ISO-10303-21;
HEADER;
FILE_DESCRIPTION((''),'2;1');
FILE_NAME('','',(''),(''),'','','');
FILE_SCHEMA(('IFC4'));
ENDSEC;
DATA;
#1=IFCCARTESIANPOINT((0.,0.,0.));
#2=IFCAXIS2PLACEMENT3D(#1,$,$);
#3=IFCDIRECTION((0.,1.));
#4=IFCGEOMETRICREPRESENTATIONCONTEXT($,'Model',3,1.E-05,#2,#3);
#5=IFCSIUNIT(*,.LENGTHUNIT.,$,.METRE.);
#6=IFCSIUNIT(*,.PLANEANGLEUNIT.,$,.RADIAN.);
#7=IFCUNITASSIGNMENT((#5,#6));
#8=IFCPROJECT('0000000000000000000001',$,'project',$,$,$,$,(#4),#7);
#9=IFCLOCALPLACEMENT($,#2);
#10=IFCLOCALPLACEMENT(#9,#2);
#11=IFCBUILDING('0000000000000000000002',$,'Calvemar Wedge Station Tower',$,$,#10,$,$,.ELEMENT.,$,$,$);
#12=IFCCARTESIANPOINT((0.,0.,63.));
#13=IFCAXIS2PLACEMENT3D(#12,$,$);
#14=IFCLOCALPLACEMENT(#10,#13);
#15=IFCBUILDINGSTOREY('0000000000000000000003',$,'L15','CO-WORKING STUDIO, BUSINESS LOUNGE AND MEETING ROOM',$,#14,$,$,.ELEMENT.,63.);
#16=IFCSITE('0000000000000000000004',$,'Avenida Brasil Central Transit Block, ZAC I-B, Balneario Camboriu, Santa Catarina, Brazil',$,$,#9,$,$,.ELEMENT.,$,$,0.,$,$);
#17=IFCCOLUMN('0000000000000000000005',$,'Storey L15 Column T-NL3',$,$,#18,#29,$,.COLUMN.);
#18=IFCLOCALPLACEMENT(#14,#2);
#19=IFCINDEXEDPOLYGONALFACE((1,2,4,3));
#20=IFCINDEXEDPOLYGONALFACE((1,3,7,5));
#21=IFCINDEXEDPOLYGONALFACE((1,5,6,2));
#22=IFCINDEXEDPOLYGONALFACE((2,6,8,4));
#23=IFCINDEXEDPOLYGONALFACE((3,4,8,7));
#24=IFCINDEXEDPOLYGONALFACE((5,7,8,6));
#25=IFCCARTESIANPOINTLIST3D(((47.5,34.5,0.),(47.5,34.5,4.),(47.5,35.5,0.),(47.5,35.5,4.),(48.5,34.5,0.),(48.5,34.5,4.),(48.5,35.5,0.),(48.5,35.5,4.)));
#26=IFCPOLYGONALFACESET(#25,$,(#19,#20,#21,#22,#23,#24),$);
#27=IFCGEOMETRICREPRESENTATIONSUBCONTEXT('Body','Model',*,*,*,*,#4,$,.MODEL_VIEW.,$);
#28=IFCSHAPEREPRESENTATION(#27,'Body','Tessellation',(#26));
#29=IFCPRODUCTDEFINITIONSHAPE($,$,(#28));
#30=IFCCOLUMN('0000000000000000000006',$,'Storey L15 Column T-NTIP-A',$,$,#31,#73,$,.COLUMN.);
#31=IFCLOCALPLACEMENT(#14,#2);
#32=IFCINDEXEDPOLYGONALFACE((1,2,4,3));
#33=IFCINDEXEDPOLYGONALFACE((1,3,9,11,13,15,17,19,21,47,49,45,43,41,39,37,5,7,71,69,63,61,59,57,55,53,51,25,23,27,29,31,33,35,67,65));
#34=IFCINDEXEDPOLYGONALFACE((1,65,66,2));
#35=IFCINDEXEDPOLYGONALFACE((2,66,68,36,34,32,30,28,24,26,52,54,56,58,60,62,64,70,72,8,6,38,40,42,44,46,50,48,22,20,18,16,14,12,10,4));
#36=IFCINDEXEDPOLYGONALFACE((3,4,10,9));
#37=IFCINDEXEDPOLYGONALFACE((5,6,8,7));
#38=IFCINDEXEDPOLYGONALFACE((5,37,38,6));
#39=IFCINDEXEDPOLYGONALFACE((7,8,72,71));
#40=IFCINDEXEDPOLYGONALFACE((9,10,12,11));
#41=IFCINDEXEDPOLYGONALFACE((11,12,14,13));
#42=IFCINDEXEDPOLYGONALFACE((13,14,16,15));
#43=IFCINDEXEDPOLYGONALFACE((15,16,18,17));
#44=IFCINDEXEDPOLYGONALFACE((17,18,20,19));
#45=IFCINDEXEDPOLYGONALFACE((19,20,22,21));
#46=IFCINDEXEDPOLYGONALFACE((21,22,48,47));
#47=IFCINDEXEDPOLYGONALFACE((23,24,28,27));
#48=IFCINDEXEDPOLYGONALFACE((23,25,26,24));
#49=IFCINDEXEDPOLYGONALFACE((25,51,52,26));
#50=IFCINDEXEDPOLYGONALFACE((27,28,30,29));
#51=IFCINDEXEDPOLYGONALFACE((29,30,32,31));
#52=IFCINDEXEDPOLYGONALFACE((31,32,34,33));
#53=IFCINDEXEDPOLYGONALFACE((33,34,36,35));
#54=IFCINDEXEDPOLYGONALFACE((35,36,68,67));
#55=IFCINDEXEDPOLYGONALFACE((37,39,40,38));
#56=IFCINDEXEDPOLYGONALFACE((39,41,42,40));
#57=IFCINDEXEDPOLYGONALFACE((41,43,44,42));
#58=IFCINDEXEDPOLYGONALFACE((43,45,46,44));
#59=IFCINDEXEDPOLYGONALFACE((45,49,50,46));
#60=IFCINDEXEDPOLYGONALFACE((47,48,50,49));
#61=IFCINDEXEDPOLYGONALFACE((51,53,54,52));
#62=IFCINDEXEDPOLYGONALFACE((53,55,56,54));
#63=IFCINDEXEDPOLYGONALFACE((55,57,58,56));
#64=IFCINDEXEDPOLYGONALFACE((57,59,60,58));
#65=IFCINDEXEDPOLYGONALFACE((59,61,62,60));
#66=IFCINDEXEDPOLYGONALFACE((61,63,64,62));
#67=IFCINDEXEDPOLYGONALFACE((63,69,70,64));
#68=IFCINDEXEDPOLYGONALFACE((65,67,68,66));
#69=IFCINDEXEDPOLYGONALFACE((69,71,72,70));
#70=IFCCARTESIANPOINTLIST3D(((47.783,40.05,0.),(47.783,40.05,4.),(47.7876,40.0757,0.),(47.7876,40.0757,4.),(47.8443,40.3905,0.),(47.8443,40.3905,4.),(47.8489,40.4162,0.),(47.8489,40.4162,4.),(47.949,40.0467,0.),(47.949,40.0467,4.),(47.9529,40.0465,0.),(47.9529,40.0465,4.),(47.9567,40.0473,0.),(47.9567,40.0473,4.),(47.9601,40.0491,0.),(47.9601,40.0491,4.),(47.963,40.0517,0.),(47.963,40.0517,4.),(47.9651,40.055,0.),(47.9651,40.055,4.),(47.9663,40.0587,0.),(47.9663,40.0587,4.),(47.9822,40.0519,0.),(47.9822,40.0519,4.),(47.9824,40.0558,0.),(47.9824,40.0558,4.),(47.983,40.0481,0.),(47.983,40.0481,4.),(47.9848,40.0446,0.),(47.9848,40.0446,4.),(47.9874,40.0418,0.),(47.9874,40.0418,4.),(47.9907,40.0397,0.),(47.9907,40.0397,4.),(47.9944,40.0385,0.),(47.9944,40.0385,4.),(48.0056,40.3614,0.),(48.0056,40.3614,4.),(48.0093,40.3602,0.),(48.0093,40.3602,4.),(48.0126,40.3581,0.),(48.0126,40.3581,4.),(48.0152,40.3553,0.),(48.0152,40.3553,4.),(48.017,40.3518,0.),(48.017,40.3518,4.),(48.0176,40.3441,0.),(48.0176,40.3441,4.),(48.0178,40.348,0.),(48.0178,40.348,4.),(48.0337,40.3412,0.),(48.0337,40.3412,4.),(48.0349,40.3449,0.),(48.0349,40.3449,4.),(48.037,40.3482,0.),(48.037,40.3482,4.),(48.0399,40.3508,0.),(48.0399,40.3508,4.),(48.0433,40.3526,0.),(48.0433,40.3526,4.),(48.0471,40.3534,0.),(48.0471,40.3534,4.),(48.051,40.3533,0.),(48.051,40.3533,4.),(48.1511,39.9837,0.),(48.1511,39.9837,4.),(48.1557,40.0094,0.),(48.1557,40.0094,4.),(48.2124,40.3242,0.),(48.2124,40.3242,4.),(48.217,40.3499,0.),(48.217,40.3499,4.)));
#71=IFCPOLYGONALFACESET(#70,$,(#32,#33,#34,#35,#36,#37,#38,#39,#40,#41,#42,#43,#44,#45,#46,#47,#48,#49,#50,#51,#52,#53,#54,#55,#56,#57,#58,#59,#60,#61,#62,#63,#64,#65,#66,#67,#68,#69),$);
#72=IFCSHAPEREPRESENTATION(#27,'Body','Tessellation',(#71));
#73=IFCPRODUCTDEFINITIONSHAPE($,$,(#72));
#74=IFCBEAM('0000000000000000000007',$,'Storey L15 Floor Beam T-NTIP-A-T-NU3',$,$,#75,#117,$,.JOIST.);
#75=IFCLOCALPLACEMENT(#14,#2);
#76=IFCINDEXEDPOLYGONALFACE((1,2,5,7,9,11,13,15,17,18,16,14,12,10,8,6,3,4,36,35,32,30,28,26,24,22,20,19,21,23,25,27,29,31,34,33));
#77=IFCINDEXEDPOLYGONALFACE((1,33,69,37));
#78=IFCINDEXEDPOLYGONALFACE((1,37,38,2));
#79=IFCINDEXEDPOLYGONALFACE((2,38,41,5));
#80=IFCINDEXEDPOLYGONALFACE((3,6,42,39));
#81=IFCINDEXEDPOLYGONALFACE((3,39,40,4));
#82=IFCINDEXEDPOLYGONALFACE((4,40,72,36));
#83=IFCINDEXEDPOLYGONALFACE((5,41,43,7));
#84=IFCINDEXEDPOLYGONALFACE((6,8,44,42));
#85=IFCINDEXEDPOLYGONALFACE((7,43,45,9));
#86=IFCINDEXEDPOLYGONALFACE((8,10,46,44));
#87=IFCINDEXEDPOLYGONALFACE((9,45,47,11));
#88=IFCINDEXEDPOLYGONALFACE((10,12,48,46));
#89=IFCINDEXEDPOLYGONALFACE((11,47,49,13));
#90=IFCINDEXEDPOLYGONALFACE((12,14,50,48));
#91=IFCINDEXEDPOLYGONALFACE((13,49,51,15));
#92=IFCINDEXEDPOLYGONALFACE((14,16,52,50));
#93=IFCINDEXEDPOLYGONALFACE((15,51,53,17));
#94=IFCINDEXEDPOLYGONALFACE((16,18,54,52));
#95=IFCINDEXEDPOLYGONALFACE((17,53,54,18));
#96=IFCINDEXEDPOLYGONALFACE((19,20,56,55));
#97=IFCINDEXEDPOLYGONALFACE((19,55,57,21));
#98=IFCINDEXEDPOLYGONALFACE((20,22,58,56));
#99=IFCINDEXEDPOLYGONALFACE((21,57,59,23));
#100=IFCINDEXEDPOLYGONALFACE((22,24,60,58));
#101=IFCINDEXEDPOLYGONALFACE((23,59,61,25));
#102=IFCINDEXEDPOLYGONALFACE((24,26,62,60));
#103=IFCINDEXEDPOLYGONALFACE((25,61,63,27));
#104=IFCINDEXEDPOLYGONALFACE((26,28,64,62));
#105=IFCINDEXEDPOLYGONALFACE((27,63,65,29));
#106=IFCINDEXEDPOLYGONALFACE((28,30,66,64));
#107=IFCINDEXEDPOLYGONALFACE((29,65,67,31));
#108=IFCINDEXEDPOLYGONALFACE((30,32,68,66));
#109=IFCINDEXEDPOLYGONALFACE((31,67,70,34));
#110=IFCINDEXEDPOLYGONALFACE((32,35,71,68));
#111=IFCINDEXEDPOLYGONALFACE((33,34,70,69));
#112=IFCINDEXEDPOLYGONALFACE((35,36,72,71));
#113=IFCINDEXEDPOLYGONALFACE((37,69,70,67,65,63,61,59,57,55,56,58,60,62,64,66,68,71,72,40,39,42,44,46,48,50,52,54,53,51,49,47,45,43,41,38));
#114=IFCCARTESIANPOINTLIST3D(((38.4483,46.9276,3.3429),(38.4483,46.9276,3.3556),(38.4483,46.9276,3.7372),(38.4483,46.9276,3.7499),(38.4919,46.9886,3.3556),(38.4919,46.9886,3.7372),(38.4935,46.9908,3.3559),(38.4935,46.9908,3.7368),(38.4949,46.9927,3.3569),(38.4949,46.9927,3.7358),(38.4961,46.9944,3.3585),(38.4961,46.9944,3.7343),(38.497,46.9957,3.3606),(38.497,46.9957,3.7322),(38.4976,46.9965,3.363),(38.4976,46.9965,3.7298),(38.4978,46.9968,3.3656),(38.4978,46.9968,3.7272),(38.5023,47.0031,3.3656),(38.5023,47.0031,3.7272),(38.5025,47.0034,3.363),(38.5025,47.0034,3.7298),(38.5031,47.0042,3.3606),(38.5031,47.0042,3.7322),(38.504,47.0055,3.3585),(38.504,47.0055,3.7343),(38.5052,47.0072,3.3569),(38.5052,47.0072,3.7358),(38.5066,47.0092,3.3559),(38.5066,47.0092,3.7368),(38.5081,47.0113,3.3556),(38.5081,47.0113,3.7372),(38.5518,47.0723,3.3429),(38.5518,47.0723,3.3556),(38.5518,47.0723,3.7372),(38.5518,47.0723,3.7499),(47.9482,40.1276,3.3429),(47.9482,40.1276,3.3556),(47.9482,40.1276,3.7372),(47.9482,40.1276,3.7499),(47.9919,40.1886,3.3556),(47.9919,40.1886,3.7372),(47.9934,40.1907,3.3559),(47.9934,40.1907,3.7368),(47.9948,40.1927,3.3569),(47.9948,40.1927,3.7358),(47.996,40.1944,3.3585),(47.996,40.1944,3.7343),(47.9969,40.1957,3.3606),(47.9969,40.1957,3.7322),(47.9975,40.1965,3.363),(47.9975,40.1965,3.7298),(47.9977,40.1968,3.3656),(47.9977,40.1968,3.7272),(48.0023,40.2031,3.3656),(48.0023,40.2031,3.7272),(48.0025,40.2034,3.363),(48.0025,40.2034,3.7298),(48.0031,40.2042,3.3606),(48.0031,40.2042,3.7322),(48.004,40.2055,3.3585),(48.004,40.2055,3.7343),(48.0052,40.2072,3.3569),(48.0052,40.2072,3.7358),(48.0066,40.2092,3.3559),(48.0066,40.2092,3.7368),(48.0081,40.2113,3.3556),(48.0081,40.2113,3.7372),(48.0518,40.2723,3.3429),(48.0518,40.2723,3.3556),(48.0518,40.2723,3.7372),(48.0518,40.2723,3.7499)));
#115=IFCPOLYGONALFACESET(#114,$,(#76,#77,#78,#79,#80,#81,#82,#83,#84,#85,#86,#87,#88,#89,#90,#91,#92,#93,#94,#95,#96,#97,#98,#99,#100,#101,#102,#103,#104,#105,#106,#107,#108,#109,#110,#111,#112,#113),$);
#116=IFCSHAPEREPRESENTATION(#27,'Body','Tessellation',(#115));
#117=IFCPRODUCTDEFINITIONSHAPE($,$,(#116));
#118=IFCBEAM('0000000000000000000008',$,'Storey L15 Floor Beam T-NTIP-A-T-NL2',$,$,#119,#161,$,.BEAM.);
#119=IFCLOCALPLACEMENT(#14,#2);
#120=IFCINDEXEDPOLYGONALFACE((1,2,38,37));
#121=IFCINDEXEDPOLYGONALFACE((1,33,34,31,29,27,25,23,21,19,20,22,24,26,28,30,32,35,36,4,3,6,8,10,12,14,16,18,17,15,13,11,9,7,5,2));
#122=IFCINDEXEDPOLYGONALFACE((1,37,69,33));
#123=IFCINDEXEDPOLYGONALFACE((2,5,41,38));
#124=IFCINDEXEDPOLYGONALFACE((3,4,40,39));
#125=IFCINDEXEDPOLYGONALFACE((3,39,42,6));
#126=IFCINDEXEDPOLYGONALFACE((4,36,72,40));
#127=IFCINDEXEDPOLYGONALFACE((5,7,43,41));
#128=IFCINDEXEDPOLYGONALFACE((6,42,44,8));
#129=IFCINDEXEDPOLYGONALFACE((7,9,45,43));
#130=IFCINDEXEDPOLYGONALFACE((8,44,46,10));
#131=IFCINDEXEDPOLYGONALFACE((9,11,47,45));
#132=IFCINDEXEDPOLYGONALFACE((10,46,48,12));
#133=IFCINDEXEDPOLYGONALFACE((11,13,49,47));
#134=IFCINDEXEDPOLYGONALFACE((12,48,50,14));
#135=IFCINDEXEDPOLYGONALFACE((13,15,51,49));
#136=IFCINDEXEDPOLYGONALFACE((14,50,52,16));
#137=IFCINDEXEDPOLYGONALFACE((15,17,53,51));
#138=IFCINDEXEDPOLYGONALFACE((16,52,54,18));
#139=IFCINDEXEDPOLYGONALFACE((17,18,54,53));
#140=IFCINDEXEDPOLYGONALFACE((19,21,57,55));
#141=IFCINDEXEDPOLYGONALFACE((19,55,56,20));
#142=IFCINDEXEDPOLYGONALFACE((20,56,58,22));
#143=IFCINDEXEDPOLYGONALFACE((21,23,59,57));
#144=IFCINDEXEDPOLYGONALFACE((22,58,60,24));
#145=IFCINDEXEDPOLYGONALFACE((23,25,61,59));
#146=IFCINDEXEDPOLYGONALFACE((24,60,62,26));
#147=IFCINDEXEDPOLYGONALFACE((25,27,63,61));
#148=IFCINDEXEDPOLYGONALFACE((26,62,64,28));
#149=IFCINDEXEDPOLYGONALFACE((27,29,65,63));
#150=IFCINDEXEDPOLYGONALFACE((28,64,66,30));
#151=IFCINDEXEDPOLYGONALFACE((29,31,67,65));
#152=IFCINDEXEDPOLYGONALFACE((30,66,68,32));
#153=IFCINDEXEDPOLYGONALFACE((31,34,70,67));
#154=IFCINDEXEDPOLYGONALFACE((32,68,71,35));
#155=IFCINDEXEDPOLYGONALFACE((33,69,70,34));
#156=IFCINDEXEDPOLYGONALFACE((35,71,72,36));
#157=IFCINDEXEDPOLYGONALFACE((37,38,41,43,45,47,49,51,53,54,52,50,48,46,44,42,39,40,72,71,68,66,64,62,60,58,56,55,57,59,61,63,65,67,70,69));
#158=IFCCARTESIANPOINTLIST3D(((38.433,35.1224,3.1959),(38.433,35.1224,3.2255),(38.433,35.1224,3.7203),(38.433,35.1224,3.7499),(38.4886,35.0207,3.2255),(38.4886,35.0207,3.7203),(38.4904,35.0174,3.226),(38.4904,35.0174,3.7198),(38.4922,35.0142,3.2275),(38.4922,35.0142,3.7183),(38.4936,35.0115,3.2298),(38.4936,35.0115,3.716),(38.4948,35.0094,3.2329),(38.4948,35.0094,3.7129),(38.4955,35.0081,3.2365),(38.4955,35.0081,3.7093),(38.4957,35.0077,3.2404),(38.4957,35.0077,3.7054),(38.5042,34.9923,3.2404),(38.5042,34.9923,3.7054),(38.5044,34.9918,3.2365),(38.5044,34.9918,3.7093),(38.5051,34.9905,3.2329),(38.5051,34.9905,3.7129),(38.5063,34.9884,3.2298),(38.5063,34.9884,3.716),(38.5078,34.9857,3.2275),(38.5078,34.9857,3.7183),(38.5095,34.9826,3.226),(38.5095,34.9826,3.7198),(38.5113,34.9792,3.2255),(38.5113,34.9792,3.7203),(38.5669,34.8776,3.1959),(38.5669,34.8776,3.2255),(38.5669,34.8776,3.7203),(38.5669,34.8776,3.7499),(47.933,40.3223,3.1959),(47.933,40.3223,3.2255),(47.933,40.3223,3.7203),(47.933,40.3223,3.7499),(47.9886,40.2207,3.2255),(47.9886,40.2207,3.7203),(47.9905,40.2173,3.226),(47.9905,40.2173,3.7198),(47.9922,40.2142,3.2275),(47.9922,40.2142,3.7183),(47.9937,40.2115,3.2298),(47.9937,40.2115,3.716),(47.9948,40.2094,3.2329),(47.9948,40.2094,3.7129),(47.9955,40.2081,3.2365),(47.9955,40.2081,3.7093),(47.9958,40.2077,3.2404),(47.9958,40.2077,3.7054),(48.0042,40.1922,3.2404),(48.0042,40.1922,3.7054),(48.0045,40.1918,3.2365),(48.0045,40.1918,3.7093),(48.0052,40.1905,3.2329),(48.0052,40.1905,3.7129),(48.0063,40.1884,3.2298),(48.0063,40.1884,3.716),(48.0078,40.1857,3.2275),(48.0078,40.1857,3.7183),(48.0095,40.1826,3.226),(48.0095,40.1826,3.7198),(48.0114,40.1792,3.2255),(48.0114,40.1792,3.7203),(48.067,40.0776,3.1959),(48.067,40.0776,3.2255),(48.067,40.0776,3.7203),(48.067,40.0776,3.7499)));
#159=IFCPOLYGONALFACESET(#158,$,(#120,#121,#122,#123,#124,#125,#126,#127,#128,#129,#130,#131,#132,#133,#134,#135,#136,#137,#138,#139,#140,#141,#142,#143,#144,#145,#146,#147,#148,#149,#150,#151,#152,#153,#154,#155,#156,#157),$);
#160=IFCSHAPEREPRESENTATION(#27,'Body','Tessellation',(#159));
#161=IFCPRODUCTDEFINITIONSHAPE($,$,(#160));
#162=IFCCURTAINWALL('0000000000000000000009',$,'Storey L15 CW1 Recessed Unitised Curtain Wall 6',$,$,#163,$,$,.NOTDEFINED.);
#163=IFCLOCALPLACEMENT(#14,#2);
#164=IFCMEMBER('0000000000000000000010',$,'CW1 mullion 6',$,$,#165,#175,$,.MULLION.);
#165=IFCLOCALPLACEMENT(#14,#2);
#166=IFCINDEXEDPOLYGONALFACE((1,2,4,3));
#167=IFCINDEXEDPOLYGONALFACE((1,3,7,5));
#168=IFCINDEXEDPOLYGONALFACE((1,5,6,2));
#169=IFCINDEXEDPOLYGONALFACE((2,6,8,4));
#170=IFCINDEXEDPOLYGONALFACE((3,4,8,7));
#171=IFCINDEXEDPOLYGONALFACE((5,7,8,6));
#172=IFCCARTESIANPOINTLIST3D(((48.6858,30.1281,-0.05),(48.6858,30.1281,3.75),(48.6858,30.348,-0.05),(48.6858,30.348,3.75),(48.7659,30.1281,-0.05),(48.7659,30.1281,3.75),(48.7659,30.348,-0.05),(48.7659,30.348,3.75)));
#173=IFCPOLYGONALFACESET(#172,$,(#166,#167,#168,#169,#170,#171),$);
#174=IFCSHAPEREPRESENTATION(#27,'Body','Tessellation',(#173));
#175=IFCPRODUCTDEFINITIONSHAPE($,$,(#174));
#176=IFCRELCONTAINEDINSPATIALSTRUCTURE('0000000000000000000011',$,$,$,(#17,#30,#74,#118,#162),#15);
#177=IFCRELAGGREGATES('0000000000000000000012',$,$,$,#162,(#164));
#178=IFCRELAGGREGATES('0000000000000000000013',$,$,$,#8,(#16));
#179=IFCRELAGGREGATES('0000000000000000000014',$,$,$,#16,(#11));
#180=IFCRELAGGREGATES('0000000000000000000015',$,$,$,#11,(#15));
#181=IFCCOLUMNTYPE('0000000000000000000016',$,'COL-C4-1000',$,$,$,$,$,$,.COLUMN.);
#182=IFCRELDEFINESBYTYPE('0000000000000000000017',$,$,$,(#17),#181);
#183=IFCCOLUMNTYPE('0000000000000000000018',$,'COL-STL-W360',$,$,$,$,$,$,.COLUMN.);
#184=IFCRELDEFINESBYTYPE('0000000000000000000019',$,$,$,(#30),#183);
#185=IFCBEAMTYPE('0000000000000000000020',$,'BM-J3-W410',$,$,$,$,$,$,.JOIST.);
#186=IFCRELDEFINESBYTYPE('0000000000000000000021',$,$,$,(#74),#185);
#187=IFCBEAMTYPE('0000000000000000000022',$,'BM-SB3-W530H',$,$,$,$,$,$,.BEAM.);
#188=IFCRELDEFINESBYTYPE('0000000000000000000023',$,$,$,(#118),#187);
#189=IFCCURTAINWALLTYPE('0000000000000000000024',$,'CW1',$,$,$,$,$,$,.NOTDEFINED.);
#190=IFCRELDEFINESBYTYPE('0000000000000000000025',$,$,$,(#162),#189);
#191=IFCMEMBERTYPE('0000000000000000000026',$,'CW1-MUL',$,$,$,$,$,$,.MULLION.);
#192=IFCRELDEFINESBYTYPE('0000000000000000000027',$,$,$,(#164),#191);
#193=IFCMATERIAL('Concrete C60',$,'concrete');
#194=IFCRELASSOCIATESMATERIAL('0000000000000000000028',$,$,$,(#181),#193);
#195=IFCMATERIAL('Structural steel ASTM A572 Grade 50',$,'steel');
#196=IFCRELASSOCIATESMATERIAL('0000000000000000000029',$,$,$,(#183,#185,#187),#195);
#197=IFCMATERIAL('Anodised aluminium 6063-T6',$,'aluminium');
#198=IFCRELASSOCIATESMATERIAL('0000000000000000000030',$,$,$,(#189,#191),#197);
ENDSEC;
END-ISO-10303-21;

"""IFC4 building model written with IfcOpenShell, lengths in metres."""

from ifc_helpers import new_model, si_unit, direction, frame, origin, origin_2d, place, context, subcontext, project, spatial, rectangle, i_section, extrude, source, transform, mapped, material, material_profile, profile_set, type_object, element, aggregate, save


model = new_model("IFC4")

# Units and contexts
model_context = context("Model", 3, precision=1e-05, world=origin(), true_north=direction((0.0, 1.0)))
body_context = subcontext(model_context, "Body", "Model", "MODEL_VIEW")
ifc_project = project(units=[si_unit("LENGTHUNIT", "METRE"), si_unit("PLANEANGLEUNIT", "RADIAN")], contexts=[model_context])

# Site, building, storey
site_placement = place(None, origin())
site = spatial("IfcSite", under=ifc_project, at=site_placement, Name="Avenida Brasil Central Transit Block, ZAC I-B, Balneario Camboriu, Santa Catarina, Brazil", CompositionType="ELEMENT", RefElevation=0.0)
building_placement = place(site_placement, origin())
building = spatial("IfcBuilding", under=site, at=building_placement, Name="Calvemar Wedge Station Tower", CompositionType="ELEMENT")
storey_placement = place(building_placement, frame((0.0, 0.0, 63.0)))
storey = spatial("IfcBuildingStorey", under=building, at=storey_placement, Name="L15", Description="CO-WORKING STUDIO, BUSINESS LOUNGE AND MEETING ROOM", CompositionType="ELEMENT", Elevation=63.0)

# Columns
ifc_material_1 = material(Name="Concrete C60", Category="concrete")
ifc_material_profile_1 = material_profile(ifc_material_1, rectangle(XDim=1.0, YDim=1.0, at=origin_2d()), Name="RC1000x1000")
ifc_profile_set_1 = profile_set([ifc_material_profile_1], Name="Concrete C60")
column_type_1 = type_object("IfcColumnType", Name="COL-C4-1000", PredefinedType="COLUMN", material=ifc_profile_set_1)
shared_shape_1 = source(origin(), body_context, "Body", "SweptSolid", [
    extrude(rectangle(XDim=1.0, YDim=1.0, at=origin_2d()), origin(), (0.0, 0.0, 1.0), 4.0),
])
column_1_placement = place(storey_placement, frame((48.0, 35.0, 0.0), z_axis=(0.0, 0.0, 1.0), x_axis=(1.0, 0.0, 0.0)))
element("IfcColumn", 1, at=column_1_placement, inside=storey, type_object=column_type_1, Name="Storey L15 Column T-NL3", PredefinedType="COLUMN", context=body_context, shape_type="MappedRepresentation", body=[
    mapped(shared_shape_1, transform((0.0, 0.0, 0.0), scale=1.0)),
])
ifc_material_2 = material(Name="Structural steel ASTM A572 Grade 50", Category="steel")
ifc_material_profile_2 = material_profile(ifc_material_2, i_section(OverallWidth=0.374, OverallDepth=0.3721, WebThickness=0.0164, FlangeThickness=0.0261, FilletRadius=0.0149, at=origin_2d()), Name="W360x196")
ifc_profile_set_2 = profile_set([ifc_material_profile_2], Name="Structural steel ASTM A572 Grade 50")
column_type_2 = type_object("IfcColumnType", Name="COL-STL-W360", PredefinedType="COLUMN", material=ifc_profile_set_2)
shared_shape_2 = source(origin(), body_context, "Body", "SweptSolid", [
    extrude(i_section(OverallWidth=0.374, OverallDepth=0.3721, WebThickness=0.0164, FlangeThickness=0.0261, FilletRadius=0.0149, at=origin_2d()), origin(), (0.0, 0.0, 1.0), 4.0),
])
column_2_placement = place(storey_placement, frame((48.0, 40.2, 0.0), z_axis=(0.0, 0.0, 1.0), x_axis=(0.984196, -0.177085, 0.0)))
element("IfcColumn", 2, at=column_2_placement, inside=storey, type_object=column_type_2, Name="Storey L15 Column T-NTIP-A", PredefinedType="COLUMN", context=body_context, shape_type="MappedRepresentation", body=[
    mapped(shared_shape_2, transform((0.0, 0.0, 0.0), scale=1.0)),
])

# Beams
ifc_material_profile_3 = material_profile(ifc_material_2, i_section(OverallWidth=0.178, OverallDepth=0.407, WebThickness=0.0078, FlangeThickness=0.0127, FilletRadius=0.01, at=origin_2d()), Name="W410x60")
ifc_profile_set_3 = profile_set([ifc_material_profile_3], Name="Structural steel ASTM A572 Grade 50")
beam_type_1 = type_object("IfcBeamType", Name="BM-J3-W410", PredefinedType="JOIST", material=ifc_profile_set_3)
shared_shape_3 = source(origin(), body_context, "Body", "SweptSolid", [
    extrude(i_section(OverallWidth=0.178, OverallDepth=0.407, WebThickness=0.0078, FlangeThickness=0.0127, FilletRadius=0.01, at=origin_2d()), origin(), (0.0, 0.0, 1.0), 11.6829),
])
beam_1_placement = place(storey_placement, frame((48.0, 40.2, 3.5464), z_axis=(-0.813153, 0.58205, 0.0), x_axis=(-0.58205, -0.813153, 0.0)))
element("IfcBeam", 3, at=beam_1_placement, inside=storey, type_object=beam_type_1, Name="Storey L15 Floor Beam T-NTIP-A-T-NU3", PredefinedType="JOIST", context=body_context, shape_type="MappedRepresentation", body=[
    mapped(shared_shape_3, transform((0.0, 0.0, 0.0), scale=1.0)),
])
ifc_material_profile_4 = material_profile(ifc_material_2, i_section(OverallWidth=0.2791, OverallDepth=0.554, WebThickness=0.0176, FlangeThickness=0.0295, FilletRadius=0.0149, at=origin_2d()), Name="W530x196")
ifc_profile_set_4 = profile_set([ifc_material_profile_4], Name="Structural steel ASTM A572 Grade 50")
beam_type_2 = type_object("IfcBeamType", Name="BM-SB3-W530H", PredefinedType="BEAM", material=ifc_profile_set_4)
shared_shape_4 = source(origin(), body_context, "Body", "SweptSolid", [
    extrude(i_section(OverallWidth=0.2791, OverallDepth=0.554, WebThickness=0.0176, FlangeThickness=0.0295, FilletRadius=0.0149, at=origin_2d()), origin(), (0.0, 0.0, 1.0), 10.8301),
])
beam_2_placement = place(storey_placement, frame((48.0, 40.2, 3.4729), z_axis=(-0.877191, -0.480142, 0.0), x_axis=(0.480142, -0.877191, 0.0)))
element("IfcBeam", 4, at=beam_2_placement, inside=storey, type_object=beam_type_2, Name="Storey L15 Floor Beam T-NTIP-A-T-NL2", PredefinedType="BEAM", context=body_context, shape_type="MappedRepresentation", body=[
    mapped(shared_shape_4, transform((0.0, 0.0, 0.0), scale=1.0)),
])

# Curtain wall, member
ifc_material_3 = material(Name="Anodised aluminium 6063-T6", Category="aluminium")
curtain_wall_type = type_object("IfcCurtainWallType", Name="CW1", PredefinedType="NOTDEFINED", material=ifc_material_3)
curtain_wall_placement = place(storey_placement, origin())
curtain_wall = element("IfcCurtainWall", 5, at=curtain_wall_placement, inside=storey, type_object=curtain_wall_type, Name="Storey L15 CW1 Recessed Unitised Curtain Wall 6", PredefinedType="NOTDEFINED")
ifc_material_profile_5 = material_profile(ifc_material_3, rectangle(XDim=0.0801, YDim=0.22, at=origin_2d()), Name="AL-MUL-80x220")
ifc_profile_set_5 = profile_set([ifc_material_profile_5], Name="Anodised aluminium 6063-T6")
member_type = type_object("IfcMemberType", Name="CW1-MUL", PredefinedType="MULLION", material=ifc_profile_set_5)
shared_shape_5 = source(origin(), body_context, "Body", "SweptSolid", [
    extrude(rectangle(XDim=0.0801, YDim=0.22, at=origin_2d()), origin(), (0.0, 0.0, 1.0), 3.8),
])
member_1_placement = place(storey_placement, frame((48.7258, 30.238, -0.05), z_axis=(0.0, 0.0, 1.0), x_axis=(1.0, 0.0, 0.0)))
member_1 = element("IfcMember", 6, at=member_1_placement, type_object=member_type, Name="CW1 mullion 6", PredefinedType="MULLION", context=body_context, shape_type="MappedRepresentation", body=[
    mapped(shared_shape_5, transform((0.0, 0.0, 0.0), scale=1.0)),
])
aggregate(curtain_wall, [member_1])

save(model, "model.ifc")
